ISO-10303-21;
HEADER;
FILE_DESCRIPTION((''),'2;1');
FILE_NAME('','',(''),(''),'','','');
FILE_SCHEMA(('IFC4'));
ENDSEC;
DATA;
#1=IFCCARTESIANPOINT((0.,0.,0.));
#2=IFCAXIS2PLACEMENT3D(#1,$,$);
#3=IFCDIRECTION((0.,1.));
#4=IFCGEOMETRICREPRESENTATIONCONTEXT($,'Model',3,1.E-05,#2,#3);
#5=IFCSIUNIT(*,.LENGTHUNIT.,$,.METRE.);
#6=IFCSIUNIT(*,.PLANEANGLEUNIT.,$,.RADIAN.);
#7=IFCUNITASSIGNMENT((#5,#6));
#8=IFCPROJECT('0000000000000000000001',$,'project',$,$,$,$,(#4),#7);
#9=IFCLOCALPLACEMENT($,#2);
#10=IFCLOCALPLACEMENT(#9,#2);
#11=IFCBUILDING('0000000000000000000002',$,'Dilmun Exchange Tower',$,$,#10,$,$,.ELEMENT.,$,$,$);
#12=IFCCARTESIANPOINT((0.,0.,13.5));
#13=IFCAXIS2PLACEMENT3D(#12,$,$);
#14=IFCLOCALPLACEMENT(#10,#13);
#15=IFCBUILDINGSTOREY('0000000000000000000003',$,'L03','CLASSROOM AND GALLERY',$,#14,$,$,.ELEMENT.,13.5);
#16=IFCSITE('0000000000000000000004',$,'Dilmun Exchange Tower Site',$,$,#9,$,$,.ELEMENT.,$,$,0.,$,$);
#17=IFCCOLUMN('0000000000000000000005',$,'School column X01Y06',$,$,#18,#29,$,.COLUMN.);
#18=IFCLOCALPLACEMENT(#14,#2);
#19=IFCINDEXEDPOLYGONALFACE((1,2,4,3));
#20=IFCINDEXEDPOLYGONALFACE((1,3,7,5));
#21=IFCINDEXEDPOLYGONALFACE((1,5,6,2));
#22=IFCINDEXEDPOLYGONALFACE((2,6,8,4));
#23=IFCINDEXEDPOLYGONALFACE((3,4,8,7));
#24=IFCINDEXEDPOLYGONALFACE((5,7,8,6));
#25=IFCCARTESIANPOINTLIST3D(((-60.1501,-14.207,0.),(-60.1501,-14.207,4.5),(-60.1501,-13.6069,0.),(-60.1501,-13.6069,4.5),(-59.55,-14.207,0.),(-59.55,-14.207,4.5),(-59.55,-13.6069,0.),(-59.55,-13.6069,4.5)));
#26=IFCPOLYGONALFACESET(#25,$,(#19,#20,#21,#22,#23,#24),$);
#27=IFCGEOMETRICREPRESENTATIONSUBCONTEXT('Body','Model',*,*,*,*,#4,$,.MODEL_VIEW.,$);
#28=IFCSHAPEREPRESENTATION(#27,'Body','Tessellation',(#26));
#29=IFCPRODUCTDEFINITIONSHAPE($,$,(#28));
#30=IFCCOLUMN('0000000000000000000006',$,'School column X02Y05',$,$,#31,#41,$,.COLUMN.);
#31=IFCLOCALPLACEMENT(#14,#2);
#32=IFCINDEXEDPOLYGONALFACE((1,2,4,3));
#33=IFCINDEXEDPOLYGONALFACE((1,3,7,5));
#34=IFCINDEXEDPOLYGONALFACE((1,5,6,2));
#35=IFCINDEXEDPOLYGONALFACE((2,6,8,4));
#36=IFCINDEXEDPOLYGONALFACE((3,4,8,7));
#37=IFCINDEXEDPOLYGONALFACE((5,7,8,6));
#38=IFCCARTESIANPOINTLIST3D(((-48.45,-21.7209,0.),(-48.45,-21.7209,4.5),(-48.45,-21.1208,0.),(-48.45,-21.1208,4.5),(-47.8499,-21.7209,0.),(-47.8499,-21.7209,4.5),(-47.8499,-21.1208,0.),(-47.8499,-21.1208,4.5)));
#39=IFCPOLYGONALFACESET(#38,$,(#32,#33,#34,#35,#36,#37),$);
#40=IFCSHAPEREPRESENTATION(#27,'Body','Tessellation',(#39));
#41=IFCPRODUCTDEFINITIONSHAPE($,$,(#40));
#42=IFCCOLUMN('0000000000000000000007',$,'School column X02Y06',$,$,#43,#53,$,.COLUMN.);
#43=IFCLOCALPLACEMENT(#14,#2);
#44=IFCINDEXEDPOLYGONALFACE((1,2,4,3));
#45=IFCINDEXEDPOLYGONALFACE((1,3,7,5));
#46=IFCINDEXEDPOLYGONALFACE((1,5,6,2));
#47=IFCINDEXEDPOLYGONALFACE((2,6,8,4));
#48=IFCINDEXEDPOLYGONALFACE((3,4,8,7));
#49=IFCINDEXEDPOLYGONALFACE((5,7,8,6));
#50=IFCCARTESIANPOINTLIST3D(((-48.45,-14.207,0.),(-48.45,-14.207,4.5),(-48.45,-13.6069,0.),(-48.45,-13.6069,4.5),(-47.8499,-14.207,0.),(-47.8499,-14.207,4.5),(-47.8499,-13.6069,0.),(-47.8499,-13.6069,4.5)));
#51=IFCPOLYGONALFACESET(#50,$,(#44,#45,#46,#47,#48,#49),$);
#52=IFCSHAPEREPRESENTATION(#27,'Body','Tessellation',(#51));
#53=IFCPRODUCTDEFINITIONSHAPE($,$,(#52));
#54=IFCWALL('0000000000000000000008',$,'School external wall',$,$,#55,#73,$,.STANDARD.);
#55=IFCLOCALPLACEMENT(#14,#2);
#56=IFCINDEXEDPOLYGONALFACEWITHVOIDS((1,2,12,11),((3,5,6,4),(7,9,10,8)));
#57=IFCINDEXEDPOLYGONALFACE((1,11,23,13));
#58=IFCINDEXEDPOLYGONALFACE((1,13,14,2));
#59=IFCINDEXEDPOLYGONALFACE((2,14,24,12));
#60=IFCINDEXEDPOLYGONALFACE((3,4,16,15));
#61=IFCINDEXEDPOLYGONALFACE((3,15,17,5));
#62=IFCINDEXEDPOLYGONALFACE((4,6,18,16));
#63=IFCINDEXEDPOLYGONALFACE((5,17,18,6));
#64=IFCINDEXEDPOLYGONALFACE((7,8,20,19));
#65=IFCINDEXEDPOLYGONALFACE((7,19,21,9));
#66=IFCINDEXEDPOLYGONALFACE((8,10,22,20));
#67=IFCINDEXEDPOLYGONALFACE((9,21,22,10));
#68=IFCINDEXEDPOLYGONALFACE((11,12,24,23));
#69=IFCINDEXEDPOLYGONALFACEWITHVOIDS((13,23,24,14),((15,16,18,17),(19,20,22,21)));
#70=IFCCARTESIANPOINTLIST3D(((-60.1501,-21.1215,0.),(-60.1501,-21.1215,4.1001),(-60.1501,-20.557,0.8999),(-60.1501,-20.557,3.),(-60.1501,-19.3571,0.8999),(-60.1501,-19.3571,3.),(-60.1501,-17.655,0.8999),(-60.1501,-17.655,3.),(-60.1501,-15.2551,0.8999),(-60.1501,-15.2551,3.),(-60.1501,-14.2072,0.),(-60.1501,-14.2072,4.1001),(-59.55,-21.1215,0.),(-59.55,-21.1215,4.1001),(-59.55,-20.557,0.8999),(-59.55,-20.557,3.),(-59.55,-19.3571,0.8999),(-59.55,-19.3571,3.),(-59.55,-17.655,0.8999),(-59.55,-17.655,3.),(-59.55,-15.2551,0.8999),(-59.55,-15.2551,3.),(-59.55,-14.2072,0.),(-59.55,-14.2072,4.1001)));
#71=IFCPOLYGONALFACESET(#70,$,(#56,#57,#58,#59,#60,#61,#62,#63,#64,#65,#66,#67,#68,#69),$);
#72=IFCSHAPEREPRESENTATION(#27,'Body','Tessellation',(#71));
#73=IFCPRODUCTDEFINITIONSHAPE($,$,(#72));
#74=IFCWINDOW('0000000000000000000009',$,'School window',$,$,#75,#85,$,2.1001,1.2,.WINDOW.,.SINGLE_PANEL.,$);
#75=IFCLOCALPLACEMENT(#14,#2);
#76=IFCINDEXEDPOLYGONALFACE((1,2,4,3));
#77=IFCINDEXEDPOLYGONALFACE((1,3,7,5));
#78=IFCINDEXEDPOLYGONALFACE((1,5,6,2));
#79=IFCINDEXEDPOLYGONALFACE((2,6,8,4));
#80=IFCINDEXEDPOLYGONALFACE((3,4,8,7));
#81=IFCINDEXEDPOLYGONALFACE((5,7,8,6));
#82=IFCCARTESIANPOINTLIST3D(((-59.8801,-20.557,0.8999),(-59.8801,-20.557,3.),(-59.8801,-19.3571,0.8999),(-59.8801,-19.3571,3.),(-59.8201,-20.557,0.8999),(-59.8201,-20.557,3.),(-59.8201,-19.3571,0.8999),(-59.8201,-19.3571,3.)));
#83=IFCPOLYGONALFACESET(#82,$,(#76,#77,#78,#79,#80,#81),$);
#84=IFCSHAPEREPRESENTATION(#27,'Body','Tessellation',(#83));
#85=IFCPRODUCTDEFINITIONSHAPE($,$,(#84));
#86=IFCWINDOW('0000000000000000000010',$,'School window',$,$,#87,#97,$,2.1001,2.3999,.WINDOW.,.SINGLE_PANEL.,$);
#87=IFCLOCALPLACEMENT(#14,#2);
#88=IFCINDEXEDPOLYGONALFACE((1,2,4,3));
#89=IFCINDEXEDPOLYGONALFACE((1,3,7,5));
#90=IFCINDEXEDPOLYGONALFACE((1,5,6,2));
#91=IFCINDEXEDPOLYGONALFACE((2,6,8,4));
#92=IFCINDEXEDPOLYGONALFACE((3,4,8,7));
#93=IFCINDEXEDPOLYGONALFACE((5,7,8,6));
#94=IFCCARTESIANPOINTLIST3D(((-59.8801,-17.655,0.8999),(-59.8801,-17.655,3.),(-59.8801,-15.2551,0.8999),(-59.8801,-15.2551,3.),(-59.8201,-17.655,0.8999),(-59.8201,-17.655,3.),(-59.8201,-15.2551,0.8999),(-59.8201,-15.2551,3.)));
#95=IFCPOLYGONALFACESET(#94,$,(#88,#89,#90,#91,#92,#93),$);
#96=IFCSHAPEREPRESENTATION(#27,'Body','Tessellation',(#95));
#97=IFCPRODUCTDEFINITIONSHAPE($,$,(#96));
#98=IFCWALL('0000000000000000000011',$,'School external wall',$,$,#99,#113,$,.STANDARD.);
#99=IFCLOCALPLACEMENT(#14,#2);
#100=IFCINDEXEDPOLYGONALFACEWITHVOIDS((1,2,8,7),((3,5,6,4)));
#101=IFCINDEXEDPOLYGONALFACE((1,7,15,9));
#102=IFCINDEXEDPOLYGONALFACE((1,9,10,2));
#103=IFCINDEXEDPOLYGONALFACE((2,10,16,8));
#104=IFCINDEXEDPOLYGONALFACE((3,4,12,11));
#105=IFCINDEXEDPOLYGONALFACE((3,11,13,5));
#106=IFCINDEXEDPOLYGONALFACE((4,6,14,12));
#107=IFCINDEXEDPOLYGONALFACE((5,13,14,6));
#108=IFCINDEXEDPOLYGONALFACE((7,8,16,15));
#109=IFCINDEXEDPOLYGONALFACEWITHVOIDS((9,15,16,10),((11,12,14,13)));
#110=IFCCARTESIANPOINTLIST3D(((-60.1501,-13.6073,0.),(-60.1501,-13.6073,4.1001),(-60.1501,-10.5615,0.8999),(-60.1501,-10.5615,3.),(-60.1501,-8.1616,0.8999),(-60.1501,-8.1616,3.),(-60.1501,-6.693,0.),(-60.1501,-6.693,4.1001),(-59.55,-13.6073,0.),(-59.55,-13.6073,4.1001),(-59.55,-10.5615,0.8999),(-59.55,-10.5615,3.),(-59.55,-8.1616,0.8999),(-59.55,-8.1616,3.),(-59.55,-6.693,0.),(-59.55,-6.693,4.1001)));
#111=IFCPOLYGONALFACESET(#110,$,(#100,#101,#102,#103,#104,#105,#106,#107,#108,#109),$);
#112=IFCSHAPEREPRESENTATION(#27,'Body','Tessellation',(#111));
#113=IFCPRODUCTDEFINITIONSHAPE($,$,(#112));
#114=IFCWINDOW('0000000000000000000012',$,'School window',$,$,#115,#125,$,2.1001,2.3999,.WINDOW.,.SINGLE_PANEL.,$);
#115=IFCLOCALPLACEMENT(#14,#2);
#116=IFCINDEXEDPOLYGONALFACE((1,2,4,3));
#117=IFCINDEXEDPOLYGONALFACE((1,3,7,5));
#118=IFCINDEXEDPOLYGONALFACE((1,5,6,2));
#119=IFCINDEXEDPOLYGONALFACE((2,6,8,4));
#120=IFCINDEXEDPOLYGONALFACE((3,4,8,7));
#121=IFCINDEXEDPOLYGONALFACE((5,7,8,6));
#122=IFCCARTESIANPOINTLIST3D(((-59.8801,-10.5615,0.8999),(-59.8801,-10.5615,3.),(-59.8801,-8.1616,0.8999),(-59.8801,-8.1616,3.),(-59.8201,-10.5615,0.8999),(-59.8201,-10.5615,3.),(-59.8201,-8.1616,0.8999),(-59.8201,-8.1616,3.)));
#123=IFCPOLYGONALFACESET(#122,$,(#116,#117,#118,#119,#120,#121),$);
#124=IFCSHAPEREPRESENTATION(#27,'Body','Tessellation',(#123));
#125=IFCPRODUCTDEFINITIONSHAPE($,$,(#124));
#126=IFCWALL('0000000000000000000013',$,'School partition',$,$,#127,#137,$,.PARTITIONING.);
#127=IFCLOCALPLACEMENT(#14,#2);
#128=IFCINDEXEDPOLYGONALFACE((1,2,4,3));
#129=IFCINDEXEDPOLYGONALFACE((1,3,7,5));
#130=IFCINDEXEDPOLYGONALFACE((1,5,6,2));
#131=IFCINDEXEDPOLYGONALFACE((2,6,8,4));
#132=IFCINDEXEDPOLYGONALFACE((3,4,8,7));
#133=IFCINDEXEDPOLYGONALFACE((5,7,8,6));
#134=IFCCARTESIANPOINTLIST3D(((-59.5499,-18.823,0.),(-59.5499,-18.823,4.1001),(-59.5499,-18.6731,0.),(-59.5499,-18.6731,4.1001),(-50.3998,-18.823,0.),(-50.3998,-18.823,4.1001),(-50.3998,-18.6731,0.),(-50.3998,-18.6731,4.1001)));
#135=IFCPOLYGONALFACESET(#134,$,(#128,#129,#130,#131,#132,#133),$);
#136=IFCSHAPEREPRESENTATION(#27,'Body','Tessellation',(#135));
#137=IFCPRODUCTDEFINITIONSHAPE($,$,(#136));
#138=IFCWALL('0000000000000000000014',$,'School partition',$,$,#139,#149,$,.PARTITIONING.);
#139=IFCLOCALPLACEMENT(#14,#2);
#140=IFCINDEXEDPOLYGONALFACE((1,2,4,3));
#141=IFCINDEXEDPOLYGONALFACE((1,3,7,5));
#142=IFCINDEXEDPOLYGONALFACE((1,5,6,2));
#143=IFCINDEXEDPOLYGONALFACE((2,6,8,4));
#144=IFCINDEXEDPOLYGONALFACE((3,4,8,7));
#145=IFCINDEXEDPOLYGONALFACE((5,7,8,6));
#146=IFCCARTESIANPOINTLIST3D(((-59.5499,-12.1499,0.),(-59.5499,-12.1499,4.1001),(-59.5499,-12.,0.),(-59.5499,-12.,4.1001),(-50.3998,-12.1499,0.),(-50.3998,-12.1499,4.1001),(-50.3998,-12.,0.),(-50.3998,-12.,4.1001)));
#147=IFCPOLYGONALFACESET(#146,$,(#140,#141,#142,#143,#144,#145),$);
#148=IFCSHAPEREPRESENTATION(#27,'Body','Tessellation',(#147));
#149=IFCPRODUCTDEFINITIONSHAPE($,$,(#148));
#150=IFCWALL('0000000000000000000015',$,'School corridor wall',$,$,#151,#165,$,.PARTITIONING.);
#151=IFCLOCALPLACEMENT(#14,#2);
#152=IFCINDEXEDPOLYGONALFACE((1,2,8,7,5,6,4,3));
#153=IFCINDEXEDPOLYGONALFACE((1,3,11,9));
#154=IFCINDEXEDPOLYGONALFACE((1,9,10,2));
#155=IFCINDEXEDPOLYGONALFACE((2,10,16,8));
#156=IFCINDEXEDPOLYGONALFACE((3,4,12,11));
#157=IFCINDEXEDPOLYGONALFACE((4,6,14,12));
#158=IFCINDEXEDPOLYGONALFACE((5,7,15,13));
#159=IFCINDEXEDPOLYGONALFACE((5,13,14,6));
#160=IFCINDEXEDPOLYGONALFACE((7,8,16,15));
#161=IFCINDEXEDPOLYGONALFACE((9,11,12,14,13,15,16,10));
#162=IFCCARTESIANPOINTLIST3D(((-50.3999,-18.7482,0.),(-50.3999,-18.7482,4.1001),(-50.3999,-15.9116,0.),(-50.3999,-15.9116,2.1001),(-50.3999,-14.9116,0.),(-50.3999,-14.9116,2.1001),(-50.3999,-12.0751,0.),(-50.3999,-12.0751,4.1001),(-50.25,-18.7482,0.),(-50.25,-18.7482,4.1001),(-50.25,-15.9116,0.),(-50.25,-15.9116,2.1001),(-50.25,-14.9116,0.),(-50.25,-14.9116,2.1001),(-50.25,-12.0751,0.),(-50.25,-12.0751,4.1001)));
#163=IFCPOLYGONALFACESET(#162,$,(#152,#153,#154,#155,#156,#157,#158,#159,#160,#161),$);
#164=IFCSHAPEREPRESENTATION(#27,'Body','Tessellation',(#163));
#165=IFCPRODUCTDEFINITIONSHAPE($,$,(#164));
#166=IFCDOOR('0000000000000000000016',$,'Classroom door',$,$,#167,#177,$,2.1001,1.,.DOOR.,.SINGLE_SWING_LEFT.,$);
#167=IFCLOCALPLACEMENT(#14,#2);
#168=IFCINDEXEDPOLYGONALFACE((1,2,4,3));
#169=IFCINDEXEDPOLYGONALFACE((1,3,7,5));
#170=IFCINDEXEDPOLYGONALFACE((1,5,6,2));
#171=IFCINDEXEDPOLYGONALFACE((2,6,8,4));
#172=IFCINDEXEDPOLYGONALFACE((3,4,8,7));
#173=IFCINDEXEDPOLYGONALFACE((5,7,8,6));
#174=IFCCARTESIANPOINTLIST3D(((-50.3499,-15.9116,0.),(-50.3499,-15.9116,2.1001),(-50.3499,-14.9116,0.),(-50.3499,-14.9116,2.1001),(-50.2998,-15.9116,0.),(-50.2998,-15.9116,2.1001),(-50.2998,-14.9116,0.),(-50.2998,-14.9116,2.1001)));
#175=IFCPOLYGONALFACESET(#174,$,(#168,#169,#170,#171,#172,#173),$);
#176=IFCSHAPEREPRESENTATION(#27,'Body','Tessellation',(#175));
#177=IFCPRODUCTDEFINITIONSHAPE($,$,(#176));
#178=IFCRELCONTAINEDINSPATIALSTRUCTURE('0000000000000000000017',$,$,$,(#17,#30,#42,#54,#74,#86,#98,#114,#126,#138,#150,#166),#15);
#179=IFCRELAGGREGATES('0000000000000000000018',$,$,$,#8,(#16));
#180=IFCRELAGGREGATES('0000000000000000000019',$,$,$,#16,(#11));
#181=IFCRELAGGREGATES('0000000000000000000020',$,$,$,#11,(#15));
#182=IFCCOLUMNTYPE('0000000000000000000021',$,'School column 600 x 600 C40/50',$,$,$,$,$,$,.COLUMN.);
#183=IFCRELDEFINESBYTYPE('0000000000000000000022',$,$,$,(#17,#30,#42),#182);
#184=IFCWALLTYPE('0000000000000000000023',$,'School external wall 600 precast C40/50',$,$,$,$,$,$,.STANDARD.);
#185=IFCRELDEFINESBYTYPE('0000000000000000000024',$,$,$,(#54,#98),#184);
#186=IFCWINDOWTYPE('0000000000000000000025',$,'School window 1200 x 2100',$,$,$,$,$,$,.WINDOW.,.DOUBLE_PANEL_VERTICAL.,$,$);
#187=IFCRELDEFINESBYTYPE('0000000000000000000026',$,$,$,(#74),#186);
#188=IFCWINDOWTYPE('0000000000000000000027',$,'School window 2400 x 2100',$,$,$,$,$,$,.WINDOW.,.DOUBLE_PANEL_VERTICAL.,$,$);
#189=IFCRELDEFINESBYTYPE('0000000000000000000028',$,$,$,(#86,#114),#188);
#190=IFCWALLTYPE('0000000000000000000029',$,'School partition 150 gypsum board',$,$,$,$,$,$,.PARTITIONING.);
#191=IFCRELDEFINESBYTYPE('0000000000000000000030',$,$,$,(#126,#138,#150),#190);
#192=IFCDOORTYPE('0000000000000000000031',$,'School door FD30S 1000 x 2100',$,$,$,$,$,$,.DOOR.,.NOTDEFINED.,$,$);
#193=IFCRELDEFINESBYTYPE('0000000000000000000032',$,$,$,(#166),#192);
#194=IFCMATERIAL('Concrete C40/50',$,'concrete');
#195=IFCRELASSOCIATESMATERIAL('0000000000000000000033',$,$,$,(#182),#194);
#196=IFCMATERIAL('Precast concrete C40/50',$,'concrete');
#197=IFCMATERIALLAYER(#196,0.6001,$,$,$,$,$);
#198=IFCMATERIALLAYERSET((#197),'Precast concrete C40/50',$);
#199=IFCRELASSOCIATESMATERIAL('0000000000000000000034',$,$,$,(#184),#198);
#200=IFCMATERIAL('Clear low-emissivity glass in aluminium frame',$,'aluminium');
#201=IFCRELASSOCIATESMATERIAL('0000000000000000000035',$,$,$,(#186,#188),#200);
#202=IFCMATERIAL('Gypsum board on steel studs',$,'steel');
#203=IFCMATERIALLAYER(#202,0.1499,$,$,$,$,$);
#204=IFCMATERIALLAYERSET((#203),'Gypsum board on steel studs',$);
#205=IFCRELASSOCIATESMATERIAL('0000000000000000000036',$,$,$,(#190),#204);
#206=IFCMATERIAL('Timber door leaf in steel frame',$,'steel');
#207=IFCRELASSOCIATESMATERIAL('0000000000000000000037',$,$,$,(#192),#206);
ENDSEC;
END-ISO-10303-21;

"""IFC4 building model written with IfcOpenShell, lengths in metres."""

from ifc_helpers import new_model, si_unit, direction, frame, frame_2d, origin, origin_2d, place, context, subcontext, project, spatial, rectangle, extrude, material, layer, layer_set, material_profile, profile_set, type_object, element, fill, save


model = new_model("IFC4")

# Units and contexts
model_context = context("Model", 3, precision=1e-05, world=origin(), true_north=direction((0.0, 1.0)))
body_context = subcontext(model_context, "Body", "Model", "MODEL_VIEW")
ifc_project = project(units=[si_unit("LENGTHUNIT", "METRE"), si_unit("PLANEANGLEUNIT", "RADIAN")], contexts=[model_context])

# Site, building, storey
site_placement = place(None, origin())
site = spatial("IfcSite", under=ifc_project, at=site_placement, Name="Dilmun Exchange Tower Site", CompositionType="ELEMENT", RefElevation=0.0)
building_placement = place(site_placement, origin())
building = spatial("IfcBuilding", under=site, at=building_placement, Name="Dilmun Exchange Tower", CompositionType="ELEMENT")
storey_placement = place(building_placement, frame((0.0, 0.0, 13.5)))
storey = spatial("IfcBuildingStorey", under=building, at=storey_placement, Name="L03", Description="CLASSROOM AND GALLERY", CompositionType="ELEMENT", Elevation=13.5)

# Columns
ifc_material_1 = material(Name="Concrete C40/50", Category="concrete")
ifc_material_profile = material_profile(ifc_material_1, rectangle(XDim=0.6001, YDim=0.6001, at=origin_2d()), Name="600 x 600")
ifc_profile_set = profile_set([ifc_material_profile], Name="Concrete C40/50")
column_type = type_object("IfcColumnType", Name="School column 600 x 600 C40/50", PredefinedType="COLUMN", material=ifc_profile_set)
for number, where, z_axis, x_axis, name in (
    (1, (-59.8501, -13.907, 0.0), (0.0, 0.0, 1.0), (1.0, 0.0, 0.0), "School column X01Y06"),
    (2, (-48.1499, -21.4209, 0.0), (0.0, 0.0, 1.0), (1.0, 0.0, 0.0), "School column X02Y05"),
    (3, (-48.1499, -13.907, 0.0), (0.0, 0.0, 1.0), (1.0, 0.0, 0.0), "School column X02Y06"),
):
    element("IfcColumn", number, at=place(storey_placement, frame(where, z_axis=z_axis, x_axis=x_axis)), inside=storey, type_object=column_type, Name=name, PredefinedType="COLUMN", context=body_context, shape_type="SweptSolid", body=[
        extrude(rectangle(XDim=0.6001, YDim=0.6001, at=origin_2d()), origin(), (0.0, 0.0, 1.0), 4.5),
    ])

# Wall, openings, windows
ifc_material_2 = material(Name="Precast concrete C40/50", Category="concrete")
ifc_layer_1 = layer(ifc_material_2, 0.6001)
ifc_layer_set_1 = layer_set([ifc_layer_1], Name="Precast concrete C40/50")
wall_type_1 = type_object("IfcWallType", Name="School external wall 600 precast C40/50", PredefinedType="STANDARD", material=ifc_layer_set_1)
wall_1_placement = place(storey_placement, frame((-59.8501, -21.1213, 0.0), z_axis=(0.0, 0.0, 1.0), x_axis=(0.0, 1.0, 0.0)))
wall_1 = element("IfcWall", 4, at=wall_1_placement, inside=storey, type_object=wall_type_1, Name="School external wall", PredefinedType="STANDARD", context=body_context, shape_type="SweptSolid", body=[
    extrude(rectangle(XDim=6.9143, YDim=0.6001, at=frame_2d((3.457, 0.0))), origin(), (0.0, 0.0, 1.0), 4.1001),
])
opening_1_placement = place(wall_1_placement, frame((0.5642, 0.0, 0.8999)))
opening_1 = element("IfcOpeningElement", 5, at=opening_1_placement, cuts=wall_1, PredefinedType="OPENING", context=body_context, shape_type="SweptSolid", body=[
    extrude(rectangle(XDim=1.2, YDim=2.1001, at=frame_2d((0.6001, 1.05))), frame((0.0, 0.3101, 0.0), z_axis=(0.0, -1.0, 0.0), x_axis=(1.0, 0.0, 0.0)), (0.0, 0.0, 1.0), 0.6201),
])
opening_2_placement = place(wall_1_placement, frame((3.4663, 0.0, 0.8999)))
opening_2 = element("IfcOpeningElement", 6, at=opening_2_placement, cuts=wall_1, PredefinedType="OPENING", context=body_context, shape_type="SweptSolid", body=[
    extrude(rectangle(XDim=2.3999, YDim=2.1001, at=frame_2d((1.2, 1.05))), frame((0.0, 0.3101, 0.0), z_axis=(0.0, -1.0, 0.0), x_axis=(1.0, 0.0, 0.0)), (0.0, 0.0, 1.0), 0.6201),
])
ifc_material_3 = material(Name="Clear low-emissivity glass in aluminium frame", Category="aluminium")
window_type_1 = type_object("IfcWindowType", Name="School window 1200 x 2100", PartitioningType="DOUBLE_PANEL_VERTICAL", PredefinedType="WINDOW", material=ifc_material_3)
window_1_placement = place(opening_1_placement, origin())
window_1 = element("IfcWindow", 7, at=window_1_placement, inside=storey, type_object=window_type_1, Name="School window", OverallHeight=2.1001, OverallWidth=1.2, PartitioningType="SINGLE_PANEL", PredefinedType="WINDOW", context=body_context, shape_type="SweptSolid", body=[
    extrude(rectangle(XDim=1.2, YDim=2.1001, at=frame_2d((0.6001, 1.05))), frame((0.0, 0.03, 0.0), z_axis=(0.0, -1.0, 0.0), x_axis=(1.0, 0.0, 0.0)), (0.0, 0.0, 1.0), 0.0601),
])
fill(opening_1, window_1)
window_type_2 = type_object("IfcWindowType", Name="School window 2400 x 2100", PartitioningType="DOUBLE_PANEL_VERTICAL", PredefinedType="WINDOW", material=ifc_material_3)
window_2_placement = place(opening_2_placement, origin())
window_2 = element("IfcWindow", 8, at=window_2_placement, inside=storey, type_object=window_type_2, Name="School window", OverallHeight=2.1001, OverallWidth=2.3999, PartitioningType="SINGLE_PANEL", PredefinedType="WINDOW", context=body_context, shape_type="SweptSolid", body=[
    extrude(rectangle(XDim=2.3999, YDim=2.1001, at=frame_2d((1.2, 1.05))), frame((0.0, 0.03, 0.0), z_axis=(0.0, -1.0, 0.0), x_axis=(1.0, 0.0, 0.0)), (0.0, 0.0, 1.0), 0.0601),
])
fill(opening_2, window_2)

# Wall, opening, window
wall_2_placement = place(storey_placement, frame((-59.8501, -13.6072, 0.0), z_axis=(0.0, 0.0, 1.0), x_axis=(0.0, 1.0, 0.0)))
wall_2 = element("IfcWall", 9, at=wall_2_placement, inside=storey, type_object=wall_type_1, Name="School external wall", PredefinedType="STANDARD", context=body_context, shape_type="SweptSolid", body=[
    extrude(rectangle(XDim=6.9143, YDim=0.6001, at=frame_2d((3.457, 0.0))), origin(), (0.0, 0.0, 1.0), 4.1001),
])
opening_3_placement = place(wall_2_placement, frame((3.0457, 0.0, 0.8999)))
opening_3 = element("IfcOpeningElement", 10, at=opening_3_placement, cuts=wall_2, PredefinedType="OPENING", context=body_context, shape_type="SweptSolid", body=[
    extrude(rectangle(XDim=2.3999, YDim=2.1001, at=frame_2d((1.2, 1.05))), frame((0.0, 0.3101, 0.0), z_axis=(0.0, -1.0, 0.0), x_axis=(1.0, 0.0, 0.0)), (0.0, 0.0, 1.0), 0.6201),
])
window_3_placement = place(opening_3_placement, origin())
window_3 = element("IfcWindow", 11, at=window_3_placement, inside=storey, type_object=window_type_2, Name="School window", OverallHeight=2.1001, OverallWidth=2.3999, PartitioningType="SINGLE_PANEL", PredefinedType="WINDOW", context=body_context, shape_type="SweptSolid", body=[
    extrude(rectangle(XDim=2.3999, YDim=2.1001, at=frame_2d((1.2, 1.05))), frame((0.0, 0.03, 0.0), z_axis=(0.0, -1.0, 0.0), x_axis=(1.0, 0.0, 0.0)), (0.0, 0.0, 1.0), 0.0601),
])
fill(opening_3, window_3)

# Walls
ifc_material_4 = material(Name="Gypsum board on steel studs", Category="steel")
ifc_layer_2 = layer(ifc_material_4, 0.1499)
ifc_layer_set_2 = layer_set([ifc_layer_2], Name="Gypsum board on steel studs")
wall_type_2 = type_object("IfcWallType", Name="School partition 150 gypsum board", PredefinedType="PARTITIONING", material=ifc_layer_set_2)
for number, where, z_axis, x_axis, name in (
    (12, (-59.55, -18.748, 0.0), (0.0, 0.0, 1.0), (1.0, 0.0, 0.0), "School partition"),
    (13, (-59.55, -12.075, 0.0), (0.0, 0.0, 1.0), (1.0, 0.0, 0.0), "School partition"),
):
    element("IfcWall", number, at=place(storey_placement, frame(where, z_axis=z_axis, x_axis=x_axis)), inside=storey, type_object=wall_type_2, Name=name, PredefinedType="PARTITIONING", context=body_context, shape_type="SweptSolid", body=[
        extrude(rectangle(XDim=9.1501, YDim=0.1499, at=frame_2d((4.5752, 0.0))), origin(), (0.0, 0.0, 1.0), 4.1001),
    ])

# Wall, opening, door
wall_3_placement = place(storey_placement, frame((-50.325, -18.748, 0.0), z_axis=(0.0, 0.0, 1.0), x_axis=(0.0, 1.0, 0.0)))
wall_3 = element("IfcWall", 14, at=wall_3_placement, inside=storey, type_object=wall_type_2, Name="School corridor wall", PredefinedType="PARTITIONING", context=body_context, shape_type="SweptSolid", body=[
    extrude(rectangle(XDim=6.6731, YDim=0.1499, at=frame_2d((3.3364, 0.0))), origin(), (0.0, 0.0, 1.0), 4.1001),
])
opening_4_placement = place(wall_3_placement, frame((2.8364, 0.0, 0.0)))
opening_4 = element("IfcOpeningElement", 15, at=opening_4_placement, cuts=wall_3, PredefinedType="OPENING", context=body_context, shape_type="SweptSolid", body=[
    extrude(rectangle(XDim=1.0, YDim=2.1001, at=frame_2d((0.5, 1.05))), frame((0.0, 0.085, 0.0), z_axis=(0.0, -1.0, 0.0), x_axis=(1.0, 0.0, 0.0)), (0.0, 0.0, 1.0), 0.1699),
])
ifc_material_5 = material(Name="Timber door leaf in steel frame", Category="steel")
door_type_1 = type_object("IfcDoorType", Name="School door FD30S 1000 x 2100", OperationType="NOTDEFINED", PredefinedType="DOOR", material=ifc_material_5)
door_1_placement = place(opening_4_placement, origin())
door_1 = element("IfcDoor", 16, at=door_1_placement, inside=storey, type_object=door_type_1, Name="Classroom door", OperationType="SINGLE_SWING_LEFT", OverallHeight=2.1001, OverallWidth=1.0, PredefinedType="DOOR", context=body_context, shape_type="SweptSolid", body=[
    extrude(rectangle(XDim=1.0, YDim=2.1001, at=frame_2d((0.5, 1.05))), frame((0.0, 0.0249, 0.0), z_axis=(0.0, -1.0, 0.0), x_axis=(1.0, 0.0, 0.0)), (0.0, 0.0, 1.0), 0.05),
])
fill(opening_4, door_1)

save(model, "model.ifc")
